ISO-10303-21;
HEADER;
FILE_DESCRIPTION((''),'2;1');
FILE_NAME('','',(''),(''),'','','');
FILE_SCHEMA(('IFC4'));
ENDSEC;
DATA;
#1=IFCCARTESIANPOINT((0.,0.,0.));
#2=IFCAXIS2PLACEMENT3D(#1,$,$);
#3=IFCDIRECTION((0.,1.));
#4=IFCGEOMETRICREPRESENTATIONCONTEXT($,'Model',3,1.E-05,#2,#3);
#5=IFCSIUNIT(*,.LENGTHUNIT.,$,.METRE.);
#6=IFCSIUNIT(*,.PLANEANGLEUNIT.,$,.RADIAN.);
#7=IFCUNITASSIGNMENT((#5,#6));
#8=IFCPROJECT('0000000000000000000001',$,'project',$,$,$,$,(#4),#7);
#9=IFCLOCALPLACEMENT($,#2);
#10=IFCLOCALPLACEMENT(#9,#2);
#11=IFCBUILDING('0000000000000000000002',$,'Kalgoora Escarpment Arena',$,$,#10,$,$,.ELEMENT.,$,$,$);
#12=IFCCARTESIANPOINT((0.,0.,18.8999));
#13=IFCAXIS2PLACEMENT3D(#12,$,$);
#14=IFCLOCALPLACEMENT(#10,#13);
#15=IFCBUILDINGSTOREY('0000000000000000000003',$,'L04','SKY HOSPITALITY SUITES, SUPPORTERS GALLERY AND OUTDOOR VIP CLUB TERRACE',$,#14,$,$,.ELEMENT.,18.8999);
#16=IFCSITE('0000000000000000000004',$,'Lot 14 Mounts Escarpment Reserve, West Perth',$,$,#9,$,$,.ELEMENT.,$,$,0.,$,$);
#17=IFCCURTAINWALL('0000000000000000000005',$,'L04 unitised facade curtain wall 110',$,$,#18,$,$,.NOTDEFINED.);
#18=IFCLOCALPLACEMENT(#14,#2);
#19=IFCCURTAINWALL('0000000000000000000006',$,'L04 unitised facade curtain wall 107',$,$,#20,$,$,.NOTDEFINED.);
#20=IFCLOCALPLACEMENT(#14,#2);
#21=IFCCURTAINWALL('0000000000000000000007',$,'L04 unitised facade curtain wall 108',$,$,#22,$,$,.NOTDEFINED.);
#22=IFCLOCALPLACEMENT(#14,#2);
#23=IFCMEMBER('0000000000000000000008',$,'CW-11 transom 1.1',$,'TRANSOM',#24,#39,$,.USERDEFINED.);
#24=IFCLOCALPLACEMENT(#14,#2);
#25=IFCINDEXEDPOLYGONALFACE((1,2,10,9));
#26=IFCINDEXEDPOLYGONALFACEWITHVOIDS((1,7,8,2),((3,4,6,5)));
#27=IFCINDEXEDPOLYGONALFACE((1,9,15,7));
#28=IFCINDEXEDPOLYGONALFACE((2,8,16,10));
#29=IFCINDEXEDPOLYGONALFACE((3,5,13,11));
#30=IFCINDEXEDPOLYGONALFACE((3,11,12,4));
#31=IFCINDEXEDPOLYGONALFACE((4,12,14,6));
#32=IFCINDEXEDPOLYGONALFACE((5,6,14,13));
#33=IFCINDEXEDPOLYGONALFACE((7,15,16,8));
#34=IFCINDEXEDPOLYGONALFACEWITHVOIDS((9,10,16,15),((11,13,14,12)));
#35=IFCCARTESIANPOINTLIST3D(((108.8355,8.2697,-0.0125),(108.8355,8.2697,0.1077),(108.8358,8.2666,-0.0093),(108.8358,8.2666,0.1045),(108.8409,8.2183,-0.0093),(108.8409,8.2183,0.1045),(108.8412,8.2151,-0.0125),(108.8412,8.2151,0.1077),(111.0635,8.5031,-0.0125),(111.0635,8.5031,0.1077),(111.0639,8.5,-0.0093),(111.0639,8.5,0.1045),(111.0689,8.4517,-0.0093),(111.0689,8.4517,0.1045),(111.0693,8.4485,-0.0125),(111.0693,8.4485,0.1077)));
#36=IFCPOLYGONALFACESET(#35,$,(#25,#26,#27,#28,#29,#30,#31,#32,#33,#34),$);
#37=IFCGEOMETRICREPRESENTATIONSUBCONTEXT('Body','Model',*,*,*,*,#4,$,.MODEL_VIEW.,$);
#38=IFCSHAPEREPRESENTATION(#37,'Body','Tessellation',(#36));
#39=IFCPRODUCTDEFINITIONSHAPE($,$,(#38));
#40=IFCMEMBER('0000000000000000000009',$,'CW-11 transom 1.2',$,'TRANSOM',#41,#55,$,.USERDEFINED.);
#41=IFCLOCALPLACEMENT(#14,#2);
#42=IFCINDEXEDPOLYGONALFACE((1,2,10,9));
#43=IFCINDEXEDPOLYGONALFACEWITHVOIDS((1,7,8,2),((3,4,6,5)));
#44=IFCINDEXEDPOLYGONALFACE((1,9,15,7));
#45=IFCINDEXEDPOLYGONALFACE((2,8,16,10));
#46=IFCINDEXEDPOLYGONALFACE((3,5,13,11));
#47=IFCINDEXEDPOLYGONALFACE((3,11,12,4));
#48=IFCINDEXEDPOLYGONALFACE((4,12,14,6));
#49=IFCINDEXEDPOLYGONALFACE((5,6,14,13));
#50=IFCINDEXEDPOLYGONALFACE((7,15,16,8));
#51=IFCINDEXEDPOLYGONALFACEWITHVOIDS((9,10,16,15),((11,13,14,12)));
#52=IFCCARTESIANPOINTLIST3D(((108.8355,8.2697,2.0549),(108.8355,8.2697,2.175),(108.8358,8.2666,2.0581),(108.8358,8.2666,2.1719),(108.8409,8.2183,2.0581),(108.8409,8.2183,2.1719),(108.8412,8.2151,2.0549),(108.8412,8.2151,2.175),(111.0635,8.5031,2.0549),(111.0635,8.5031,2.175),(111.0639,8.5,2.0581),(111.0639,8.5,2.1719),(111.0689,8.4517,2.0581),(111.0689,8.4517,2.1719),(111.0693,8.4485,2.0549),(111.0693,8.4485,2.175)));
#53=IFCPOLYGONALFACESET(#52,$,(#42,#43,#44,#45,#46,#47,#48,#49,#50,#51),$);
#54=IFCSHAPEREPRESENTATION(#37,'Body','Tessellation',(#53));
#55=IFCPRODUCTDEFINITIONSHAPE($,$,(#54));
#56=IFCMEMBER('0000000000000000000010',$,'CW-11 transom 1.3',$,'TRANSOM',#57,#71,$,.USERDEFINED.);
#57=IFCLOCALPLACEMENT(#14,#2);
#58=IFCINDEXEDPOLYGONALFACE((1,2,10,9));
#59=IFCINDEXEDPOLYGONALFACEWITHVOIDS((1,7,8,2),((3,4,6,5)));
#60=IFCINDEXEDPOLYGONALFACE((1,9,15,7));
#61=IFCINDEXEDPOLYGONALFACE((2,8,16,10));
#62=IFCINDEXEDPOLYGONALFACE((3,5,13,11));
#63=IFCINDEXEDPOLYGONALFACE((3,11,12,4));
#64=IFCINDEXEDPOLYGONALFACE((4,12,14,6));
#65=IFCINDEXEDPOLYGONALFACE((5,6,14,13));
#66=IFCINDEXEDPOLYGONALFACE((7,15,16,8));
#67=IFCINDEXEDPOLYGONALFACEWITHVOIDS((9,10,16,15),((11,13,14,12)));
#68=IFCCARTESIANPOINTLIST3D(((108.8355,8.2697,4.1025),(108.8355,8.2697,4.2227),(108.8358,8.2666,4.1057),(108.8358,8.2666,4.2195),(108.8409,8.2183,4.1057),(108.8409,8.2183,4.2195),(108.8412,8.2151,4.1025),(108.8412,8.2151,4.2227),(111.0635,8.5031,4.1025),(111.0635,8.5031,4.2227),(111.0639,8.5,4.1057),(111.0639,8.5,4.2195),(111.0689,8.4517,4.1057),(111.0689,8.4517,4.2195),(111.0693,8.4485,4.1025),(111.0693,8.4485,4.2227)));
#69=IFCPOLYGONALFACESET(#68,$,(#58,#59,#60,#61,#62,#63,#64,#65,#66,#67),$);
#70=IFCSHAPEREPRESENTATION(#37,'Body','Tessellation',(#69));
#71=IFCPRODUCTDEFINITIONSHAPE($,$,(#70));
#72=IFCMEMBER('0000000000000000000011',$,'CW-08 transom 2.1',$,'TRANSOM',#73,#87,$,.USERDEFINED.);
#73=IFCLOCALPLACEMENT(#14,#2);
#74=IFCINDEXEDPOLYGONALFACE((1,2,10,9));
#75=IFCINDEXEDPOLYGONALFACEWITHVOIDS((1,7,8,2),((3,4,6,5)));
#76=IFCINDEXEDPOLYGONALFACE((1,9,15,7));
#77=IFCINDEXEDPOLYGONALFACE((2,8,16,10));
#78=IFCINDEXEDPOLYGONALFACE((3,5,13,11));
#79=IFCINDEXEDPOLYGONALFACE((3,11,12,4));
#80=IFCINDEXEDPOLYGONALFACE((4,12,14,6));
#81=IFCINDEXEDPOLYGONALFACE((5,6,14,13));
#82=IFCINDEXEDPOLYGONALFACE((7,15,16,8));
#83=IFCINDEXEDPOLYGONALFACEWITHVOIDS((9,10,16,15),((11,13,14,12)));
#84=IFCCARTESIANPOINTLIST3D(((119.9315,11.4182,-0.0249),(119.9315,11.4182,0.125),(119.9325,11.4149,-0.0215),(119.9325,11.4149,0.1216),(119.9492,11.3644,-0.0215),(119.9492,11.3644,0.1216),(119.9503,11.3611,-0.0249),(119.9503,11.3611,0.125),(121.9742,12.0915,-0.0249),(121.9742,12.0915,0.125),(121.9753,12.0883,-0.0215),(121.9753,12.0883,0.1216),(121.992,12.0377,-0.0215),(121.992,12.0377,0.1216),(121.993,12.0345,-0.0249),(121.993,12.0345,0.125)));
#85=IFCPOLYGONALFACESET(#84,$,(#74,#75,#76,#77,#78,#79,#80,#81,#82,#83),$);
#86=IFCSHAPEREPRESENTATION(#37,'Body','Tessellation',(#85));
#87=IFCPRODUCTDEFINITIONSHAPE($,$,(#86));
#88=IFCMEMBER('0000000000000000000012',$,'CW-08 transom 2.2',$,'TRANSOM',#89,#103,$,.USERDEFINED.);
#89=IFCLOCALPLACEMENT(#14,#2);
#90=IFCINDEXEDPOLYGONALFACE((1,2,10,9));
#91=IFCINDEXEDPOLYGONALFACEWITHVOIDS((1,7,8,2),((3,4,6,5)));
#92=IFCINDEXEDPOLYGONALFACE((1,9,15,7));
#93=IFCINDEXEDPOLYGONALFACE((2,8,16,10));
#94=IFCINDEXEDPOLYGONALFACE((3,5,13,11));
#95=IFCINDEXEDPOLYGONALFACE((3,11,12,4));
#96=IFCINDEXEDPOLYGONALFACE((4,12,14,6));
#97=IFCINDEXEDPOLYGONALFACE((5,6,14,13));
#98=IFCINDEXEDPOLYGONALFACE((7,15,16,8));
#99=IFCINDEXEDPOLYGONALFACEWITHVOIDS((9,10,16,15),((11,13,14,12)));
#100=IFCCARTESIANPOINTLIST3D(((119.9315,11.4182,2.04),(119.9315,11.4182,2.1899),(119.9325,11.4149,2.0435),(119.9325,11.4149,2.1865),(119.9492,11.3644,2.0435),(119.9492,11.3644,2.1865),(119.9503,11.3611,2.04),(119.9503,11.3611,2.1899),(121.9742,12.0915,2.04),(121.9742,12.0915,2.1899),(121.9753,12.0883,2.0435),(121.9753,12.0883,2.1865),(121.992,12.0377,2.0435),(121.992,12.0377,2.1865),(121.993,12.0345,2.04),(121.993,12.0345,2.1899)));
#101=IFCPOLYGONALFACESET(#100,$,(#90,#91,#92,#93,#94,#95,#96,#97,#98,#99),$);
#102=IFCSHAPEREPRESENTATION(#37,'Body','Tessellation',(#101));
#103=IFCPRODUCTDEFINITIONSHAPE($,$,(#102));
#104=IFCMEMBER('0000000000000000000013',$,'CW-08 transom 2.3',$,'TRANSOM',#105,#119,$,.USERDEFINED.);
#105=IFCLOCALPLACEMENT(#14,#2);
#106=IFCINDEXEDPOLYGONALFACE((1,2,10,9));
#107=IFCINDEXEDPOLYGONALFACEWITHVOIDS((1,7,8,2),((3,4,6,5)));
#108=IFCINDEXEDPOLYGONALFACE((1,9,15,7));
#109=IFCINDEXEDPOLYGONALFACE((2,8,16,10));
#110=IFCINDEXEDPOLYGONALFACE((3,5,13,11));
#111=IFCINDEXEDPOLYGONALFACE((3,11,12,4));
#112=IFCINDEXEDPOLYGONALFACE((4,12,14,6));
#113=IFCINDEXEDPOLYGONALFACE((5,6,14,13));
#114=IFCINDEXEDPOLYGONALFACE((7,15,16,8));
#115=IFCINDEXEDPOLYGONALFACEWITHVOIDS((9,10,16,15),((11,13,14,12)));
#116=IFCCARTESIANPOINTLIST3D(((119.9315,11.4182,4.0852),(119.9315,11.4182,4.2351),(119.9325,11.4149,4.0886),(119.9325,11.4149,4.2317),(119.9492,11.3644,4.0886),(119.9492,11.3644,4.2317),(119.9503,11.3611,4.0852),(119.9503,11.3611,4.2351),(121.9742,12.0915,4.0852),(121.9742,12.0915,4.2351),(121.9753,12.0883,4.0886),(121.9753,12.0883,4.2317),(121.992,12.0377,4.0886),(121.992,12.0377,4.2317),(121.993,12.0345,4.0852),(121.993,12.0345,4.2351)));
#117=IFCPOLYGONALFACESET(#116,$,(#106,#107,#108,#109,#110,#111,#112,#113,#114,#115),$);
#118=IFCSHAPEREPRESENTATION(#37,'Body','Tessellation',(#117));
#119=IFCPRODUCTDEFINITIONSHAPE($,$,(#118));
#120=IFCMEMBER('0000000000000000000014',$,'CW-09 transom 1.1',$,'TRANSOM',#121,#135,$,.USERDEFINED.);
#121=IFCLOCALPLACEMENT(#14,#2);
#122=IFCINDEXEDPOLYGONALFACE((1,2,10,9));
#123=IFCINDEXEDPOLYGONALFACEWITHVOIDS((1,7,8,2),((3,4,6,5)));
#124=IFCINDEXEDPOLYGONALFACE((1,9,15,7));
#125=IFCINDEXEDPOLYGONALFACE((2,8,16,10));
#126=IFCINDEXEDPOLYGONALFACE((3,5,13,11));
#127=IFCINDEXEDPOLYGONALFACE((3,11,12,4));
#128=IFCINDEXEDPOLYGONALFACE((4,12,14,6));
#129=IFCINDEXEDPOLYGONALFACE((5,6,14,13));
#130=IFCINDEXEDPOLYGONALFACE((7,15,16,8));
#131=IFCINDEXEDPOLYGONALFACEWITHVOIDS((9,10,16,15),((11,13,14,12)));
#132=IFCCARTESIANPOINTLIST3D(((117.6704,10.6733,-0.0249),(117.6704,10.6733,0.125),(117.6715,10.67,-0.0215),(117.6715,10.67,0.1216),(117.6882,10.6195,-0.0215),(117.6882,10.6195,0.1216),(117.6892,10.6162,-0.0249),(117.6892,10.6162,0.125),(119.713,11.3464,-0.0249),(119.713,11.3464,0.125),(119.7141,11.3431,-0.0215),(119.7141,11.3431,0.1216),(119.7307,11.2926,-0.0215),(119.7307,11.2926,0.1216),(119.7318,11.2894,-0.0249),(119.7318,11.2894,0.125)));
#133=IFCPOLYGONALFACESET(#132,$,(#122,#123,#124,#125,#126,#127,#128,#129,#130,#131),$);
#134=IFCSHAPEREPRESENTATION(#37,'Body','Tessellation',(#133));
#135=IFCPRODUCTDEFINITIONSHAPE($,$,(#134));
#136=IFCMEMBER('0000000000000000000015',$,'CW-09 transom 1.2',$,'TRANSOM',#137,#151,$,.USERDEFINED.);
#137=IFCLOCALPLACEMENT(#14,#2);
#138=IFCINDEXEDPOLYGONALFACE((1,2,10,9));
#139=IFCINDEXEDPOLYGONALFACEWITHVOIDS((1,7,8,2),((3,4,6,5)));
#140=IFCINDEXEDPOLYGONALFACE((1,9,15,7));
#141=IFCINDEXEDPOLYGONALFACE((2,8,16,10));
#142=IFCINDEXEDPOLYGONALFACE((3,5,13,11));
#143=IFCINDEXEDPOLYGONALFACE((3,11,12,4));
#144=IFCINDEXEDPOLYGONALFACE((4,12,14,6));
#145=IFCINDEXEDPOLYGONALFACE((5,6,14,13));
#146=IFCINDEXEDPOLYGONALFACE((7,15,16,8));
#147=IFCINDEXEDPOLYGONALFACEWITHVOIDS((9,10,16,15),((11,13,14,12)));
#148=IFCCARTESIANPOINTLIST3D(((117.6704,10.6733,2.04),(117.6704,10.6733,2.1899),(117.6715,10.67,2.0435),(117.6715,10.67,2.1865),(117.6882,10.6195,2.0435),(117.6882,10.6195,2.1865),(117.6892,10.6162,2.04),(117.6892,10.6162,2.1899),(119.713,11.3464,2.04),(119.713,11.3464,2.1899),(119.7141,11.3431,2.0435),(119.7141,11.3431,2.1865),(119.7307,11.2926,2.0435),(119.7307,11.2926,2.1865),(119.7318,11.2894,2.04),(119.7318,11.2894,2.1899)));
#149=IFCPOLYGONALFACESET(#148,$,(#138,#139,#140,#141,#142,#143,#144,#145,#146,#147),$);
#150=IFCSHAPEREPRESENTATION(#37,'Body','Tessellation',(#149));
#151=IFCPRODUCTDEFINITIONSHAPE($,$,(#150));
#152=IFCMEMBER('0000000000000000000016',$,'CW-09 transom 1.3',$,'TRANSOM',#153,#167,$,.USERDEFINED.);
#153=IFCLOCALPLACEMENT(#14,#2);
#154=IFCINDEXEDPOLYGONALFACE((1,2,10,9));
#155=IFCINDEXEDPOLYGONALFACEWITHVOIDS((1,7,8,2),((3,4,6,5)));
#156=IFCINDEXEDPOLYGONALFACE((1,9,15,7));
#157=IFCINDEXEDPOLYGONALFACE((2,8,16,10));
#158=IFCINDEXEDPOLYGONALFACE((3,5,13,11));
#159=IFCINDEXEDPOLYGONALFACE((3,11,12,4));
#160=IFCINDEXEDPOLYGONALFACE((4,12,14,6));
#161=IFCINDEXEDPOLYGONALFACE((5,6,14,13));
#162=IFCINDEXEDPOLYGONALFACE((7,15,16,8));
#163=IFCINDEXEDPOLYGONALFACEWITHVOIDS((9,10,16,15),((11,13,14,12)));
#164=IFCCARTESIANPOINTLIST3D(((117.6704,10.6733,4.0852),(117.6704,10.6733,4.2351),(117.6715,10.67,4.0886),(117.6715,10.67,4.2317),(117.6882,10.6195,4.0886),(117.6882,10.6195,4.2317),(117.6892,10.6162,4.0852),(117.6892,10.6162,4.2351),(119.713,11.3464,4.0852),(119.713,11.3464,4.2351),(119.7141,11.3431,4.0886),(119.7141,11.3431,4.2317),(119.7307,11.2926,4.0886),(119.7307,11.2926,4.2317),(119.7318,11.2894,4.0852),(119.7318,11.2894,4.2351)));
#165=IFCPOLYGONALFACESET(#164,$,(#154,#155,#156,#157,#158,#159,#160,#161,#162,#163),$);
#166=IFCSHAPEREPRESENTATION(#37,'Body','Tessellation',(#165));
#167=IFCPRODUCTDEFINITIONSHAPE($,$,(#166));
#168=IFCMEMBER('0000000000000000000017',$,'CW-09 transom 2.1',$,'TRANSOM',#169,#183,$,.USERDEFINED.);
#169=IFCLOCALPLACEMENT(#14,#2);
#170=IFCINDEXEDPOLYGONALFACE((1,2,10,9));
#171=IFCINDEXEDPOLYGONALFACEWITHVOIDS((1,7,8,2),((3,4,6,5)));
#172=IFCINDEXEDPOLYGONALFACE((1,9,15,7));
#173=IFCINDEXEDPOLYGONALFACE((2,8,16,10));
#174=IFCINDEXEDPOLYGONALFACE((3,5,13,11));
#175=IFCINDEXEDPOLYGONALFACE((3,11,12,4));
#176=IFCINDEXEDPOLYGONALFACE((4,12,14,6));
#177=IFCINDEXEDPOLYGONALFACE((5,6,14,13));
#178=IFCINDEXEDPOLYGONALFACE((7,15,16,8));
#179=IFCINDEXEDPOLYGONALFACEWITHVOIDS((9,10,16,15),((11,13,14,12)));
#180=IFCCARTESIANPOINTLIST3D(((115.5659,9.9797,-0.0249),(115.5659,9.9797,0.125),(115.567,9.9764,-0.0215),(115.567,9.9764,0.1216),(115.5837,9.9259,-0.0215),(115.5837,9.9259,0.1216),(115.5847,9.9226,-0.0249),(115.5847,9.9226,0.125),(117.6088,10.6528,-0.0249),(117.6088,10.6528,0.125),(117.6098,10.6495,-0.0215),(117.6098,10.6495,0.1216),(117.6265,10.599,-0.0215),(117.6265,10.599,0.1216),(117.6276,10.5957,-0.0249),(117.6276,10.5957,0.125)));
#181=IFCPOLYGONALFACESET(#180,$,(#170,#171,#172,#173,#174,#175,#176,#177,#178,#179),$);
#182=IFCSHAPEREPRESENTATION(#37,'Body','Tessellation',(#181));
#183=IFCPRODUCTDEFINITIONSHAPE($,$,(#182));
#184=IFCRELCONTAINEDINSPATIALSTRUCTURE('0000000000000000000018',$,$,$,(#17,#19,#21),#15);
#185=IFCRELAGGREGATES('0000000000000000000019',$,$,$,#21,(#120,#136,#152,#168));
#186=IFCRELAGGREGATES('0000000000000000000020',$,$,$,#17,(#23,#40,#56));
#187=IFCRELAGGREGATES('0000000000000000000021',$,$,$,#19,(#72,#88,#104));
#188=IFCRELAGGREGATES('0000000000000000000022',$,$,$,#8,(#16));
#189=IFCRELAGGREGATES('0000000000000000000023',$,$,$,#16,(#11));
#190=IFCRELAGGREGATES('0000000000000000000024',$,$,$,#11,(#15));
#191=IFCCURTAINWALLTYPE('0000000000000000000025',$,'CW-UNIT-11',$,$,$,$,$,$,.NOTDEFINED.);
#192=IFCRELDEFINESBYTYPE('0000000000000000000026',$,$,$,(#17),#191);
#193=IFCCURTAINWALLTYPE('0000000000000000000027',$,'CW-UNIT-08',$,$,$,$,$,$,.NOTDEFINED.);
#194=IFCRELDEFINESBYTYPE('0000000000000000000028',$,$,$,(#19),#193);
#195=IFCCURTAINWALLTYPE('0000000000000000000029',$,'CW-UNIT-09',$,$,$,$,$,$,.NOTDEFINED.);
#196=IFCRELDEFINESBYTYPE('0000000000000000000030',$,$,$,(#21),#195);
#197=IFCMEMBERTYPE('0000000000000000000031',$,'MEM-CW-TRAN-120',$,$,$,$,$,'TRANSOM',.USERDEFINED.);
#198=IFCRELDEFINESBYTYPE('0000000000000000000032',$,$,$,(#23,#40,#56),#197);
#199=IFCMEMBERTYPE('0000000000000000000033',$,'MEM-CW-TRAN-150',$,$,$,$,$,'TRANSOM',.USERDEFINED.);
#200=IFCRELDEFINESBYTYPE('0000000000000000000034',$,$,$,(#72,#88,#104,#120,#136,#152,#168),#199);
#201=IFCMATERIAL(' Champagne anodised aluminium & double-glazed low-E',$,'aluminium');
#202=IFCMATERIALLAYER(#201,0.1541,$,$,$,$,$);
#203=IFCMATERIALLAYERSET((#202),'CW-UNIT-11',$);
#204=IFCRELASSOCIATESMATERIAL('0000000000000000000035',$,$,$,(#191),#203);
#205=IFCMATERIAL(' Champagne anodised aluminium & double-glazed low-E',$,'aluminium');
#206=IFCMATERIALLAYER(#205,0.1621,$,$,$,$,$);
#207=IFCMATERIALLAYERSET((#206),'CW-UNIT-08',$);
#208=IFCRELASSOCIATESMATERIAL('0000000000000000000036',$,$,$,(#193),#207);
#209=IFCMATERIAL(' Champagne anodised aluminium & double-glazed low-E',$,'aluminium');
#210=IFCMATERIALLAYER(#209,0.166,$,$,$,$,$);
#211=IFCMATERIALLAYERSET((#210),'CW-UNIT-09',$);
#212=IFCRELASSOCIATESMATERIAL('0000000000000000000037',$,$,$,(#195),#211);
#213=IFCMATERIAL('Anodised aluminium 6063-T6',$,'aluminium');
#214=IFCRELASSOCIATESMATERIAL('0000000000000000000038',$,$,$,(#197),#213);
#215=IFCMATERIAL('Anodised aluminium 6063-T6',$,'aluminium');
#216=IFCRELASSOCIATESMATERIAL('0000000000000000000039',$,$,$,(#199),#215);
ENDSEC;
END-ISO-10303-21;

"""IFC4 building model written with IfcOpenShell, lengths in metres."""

from ifc_helpers import new_model, si_unit, direction, frame, origin, origin_2d, place, context, subcontext, project, spatial, hollow_rectangle, extrude, material, layer, layer_set, material_profile, profile_set, type_object, element, aggregate, save


model = new_model("IFC4")

# Units and contexts
model_context = context("Model", 3, precision=1e-05, world=origin(), true_north=direction((0.0, 1.0)))
body_context = subcontext(model_context, "Body", "Model", "MODEL_VIEW")
ifc_project = project(units=[si_unit("LENGTHUNIT", "METRE"), si_unit("PLANEANGLEUNIT", "RADIAN")], contexts=[model_context])

# Site, building, storey
site_placement = place(None, origin())
site = spatial("IfcSite", under=ifc_project, at=site_placement, Name="Lot 14 Mounts Escarpment Reserve, West Perth", CompositionType="ELEMENT", RefElevation=0.0)
building_placement = place(site_placement, origin())
building = spatial("IfcBuilding", under=site, at=building_placement, Name="Kalgoora Escarpment Arena", CompositionType="ELEMENT")
storey_placement = place(building_placement, frame((0.0, 0.0, 18.8999)))
storey = spatial("IfcBuildingStorey", under=building, at=storey_placement, Name="L04", Description="SKY HOSPITALITY SUITES, SUPPORTERS GALLERY AND OUTDOOR VIP CLUB TERRACE", CompositionType="ELEMENT", Elevation=18.8999)

# Curtain walls
ifc_material_1 = material(Name=" Champagne anodised aluminium & double-glazed low-E", Category="aluminium")
ifc_layer_1 = layer(ifc_material_1, 0.1541)
ifc_layer_set_1 = layer_set([ifc_layer_1], Name="CW-UNIT-11")
curtain_wall_type_1 = type_object("IfcCurtainWallType", Name="CW-UNIT-11", PredefinedType="NOTDEFINED", material=ifc_layer_set_1)
curtain_wall_1_placement = place(storey_placement, origin())
curtain_wall_1 = element("IfcCurtainWall", 1, at=curtain_wall_1_placement, inside=storey, type_object=curtain_wall_type_1, Name="L04 unitised facade curtain wall 110", PredefinedType="NOTDEFINED")
ifc_material_2 = material(Name=" Champagne anodised aluminium & double-glazed low-E", Category="aluminium")
ifc_layer_2 = layer(ifc_material_2, 0.1621)
ifc_layer_set_2 = layer_set([ifc_layer_2], Name="CW-UNIT-08")
curtain_wall_type_2 = type_object("IfcCurtainWallType", Name="CW-UNIT-08", PredefinedType="NOTDEFINED", material=ifc_layer_set_2)
curtain_wall_2_placement = place(storey_placement, origin())
curtain_wall_2 = element("IfcCurtainWall", 2, at=curtain_wall_2_placement, inside=storey, type_object=curtain_wall_type_2, Name="L04 unitised facade curtain wall 107", PredefinedType="NOTDEFINED")

# Curtain wall
ifc_material_3 = material(Name=" Champagne anodised aluminium & double-glazed low-E", Category="aluminium")
ifc_layer_3 = layer(ifc_material_3, 0.166)
ifc_layer_set_3 = layer_set([ifc_layer_3], Name="CW-UNIT-09")
curtain_wall_type_3 = type_object("IfcCurtainWallType", Name="CW-UNIT-09", PredefinedType="NOTDEFINED", material=ifc_layer_set_3)
curtain_wall_3_placement = place(storey_placement, origin())
curtain_wall_3 = element("IfcCurtainWall", 3, at=curtain_wall_3_placement, inside=storey, type_object=curtain_wall_type_3, Name="L04 unitised facade curtain wall 108", PredefinedType="NOTDEFINED")

# Members
ifc_material_4 = material(Name="Anodised aluminium 6063-T6", Category="aluminium")
ifc_material_profile_1 = material_profile(ifc_material_4, hollow_rectangle(XDim=0.0549, YDim=0.1201, WallThickness=0.0032, at=origin_2d()))
ifc_profile_set_1 = profile_set([ifc_material_profile_1], Name="Anodised aluminium 6063-T6")
member_type_1 = type_object("IfcMemberType", Name="MEM-CW-TRAN-120", ElementType="TRANSOM", PredefinedType="USERDEFINED", material=ifc_profile_set_1)
member_1_placement = place(storey_placement, frame((111.0664, 8.4758, 0.0476), z_axis=(-0.994558, -0.104186, 0.0), x_axis=(0.104186, -0.994558, 0.0)))
member_1 = element("IfcMember", 4, at=member_1_placement, type_object=member_type_1, Name="CW-11 transom 1.1", ObjectType="TRANSOM", PredefinedType="USERDEFINED", context=body_context, shape_type="SweptSolid", body=[
    extrude(hollow_rectangle(XDim=0.0549, YDim=0.1201, WallThickness=0.0032, at=origin_2d()), origin(), (0.0, 0.0, 1.0), 2.2402),
])
member_2_placement = place(storey_placement, frame((111.0664, 8.4758, 2.115), z_axis=(-0.994558, -0.104186, 0.0), x_axis=(0.104186, -0.994558, 0.0)))
member_2 = element("IfcMember", 5, at=member_2_placement, type_object=member_type_1, Name="CW-11 transom 1.2", ObjectType="TRANSOM", PredefinedType="USERDEFINED", context=body_context, shape_type="SweptSolid", body=[
    extrude(hollow_rectangle(XDim=0.0549, YDim=0.1201, WallThickness=0.0032, at=origin_2d()), origin(), (0.0, 0.0, 1.0), 2.2402),
])
member_3_placement = place(storey_placement, frame((111.0664, 8.4758, 4.1626), z_axis=(-0.994558, -0.104186, 0.0), x_axis=(0.104186, -0.994558, 0.0)))
member_3 = element("IfcMember", 6, at=member_3_placement, type_object=member_type_1, Name="CW-11 transom 1.3", ObjectType="TRANSOM", PredefinedType="USERDEFINED", context=body_context, shape_type="SweptSolid", body=[
    extrude(hollow_rectangle(XDim=0.0549, YDim=0.1201, WallThickness=0.0032, at=origin_2d()), origin(), (0.0, 0.0, 1.0), 2.2402),
])
ifc_material_5 = material(Name="Anodised aluminium 6063-T6", Category="aluminium")
ifc_material_profile_2 = material_profile(ifc_material_5, hollow_rectangle(XDim=0.0601, YDim=0.1499, WallThickness=0.0034, at=origin_2d()))
ifc_profile_set_2 = profile_set([ifc_material_profile_2], Name="Anodised aluminium 6063-T6")
member_type_2 = type_object("IfcMemberType", Name="MEM-CW-TRAN-150", ElementType="TRANSOM", PredefinedType="USERDEFINED", material=ifc_profile_set_2)
member_4_placement = place(storey_placement, frame((121.9836, 12.063, 0.05), z_axis=(-0.949734, -0.313059, 0.0), x_axis=(0.313059, -0.949734, 0.0)))
member_4 = element("IfcMember", 7, at=member_4_placement, type_object=member_type_2, Name="CW-08 transom 2.1", ObjectType="TRANSOM", PredefinedType="USERDEFINED", context=body_context, shape_type="SweptSolid", body=[
    extrude(hollow_rectangle(XDim=0.0601, YDim=0.1499, WallThickness=0.0034, at=origin_2d()), origin(), (0.0, 0.0, 1.0), 2.1509),
])
member_5_placement = place(storey_placement, frame((121.9836, 12.063, 2.115), z_axis=(-0.949734, -0.313059, 0.0), x_axis=(0.313059, -0.949734, 0.0)))
member_5 = element("IfcMember", 8, at=member_5_placement, type_object=member_type_2, Name="CW-08 transom 2.2", ObjectType="TRANSOM", PredefinedType="USERDEFINED", context=body_context, shape_type="SweptSolid", body=[
    extrude(hollow_rectangle(XDim=0.0601, YDim=0.1499, WallThickness=0.0034, at=origin_2d()), origin(), (0.0, 0.0, 1.0), 2.1509),
])
member_6_placement = place(storey_placement, frame((121.9836, 12.063, 4.1602), z_axis=(-0.949734, -0.313059, 0.0), x_axis=(0.313059, -0.949734, 0.0)))
member_6 = element("IfcMember", 9, at=member_6_placement, type_object=member_type_2, Name="CW-08 transom 2.3", ObjectType="TRANSOM", PredefinedType="USERDEFINED", context=body_context, shape_type="SweptSolid", body=[
    extrude(hollow_rectangle(XDim=0.0601, YDim=0.1499, WallThickness=0.0034, at=origin_2d()), origin(), (0.0, 0.0, 1.0), 2.1509),
])
member_7_placement = place(storey_placement, frame((119.7224, 11.3179, 0.05), z_axis=(-0.949756, -0.31299, 0.0), x_axis=(0.31299, -0.949756, 0.0)))
member_7 = element("IfcMember", 10, at=member_7_placement, type_object=member_type_2, Name="CW-09 transom 1.1", ObjectType="TRANSOM", PredefinedType="USERDEFINED", context=body_context, shape_type="SweptSolid", body=[
    extrude(hollow_rectangle(XDim=0.0601, YDim=0.1499, WallThickness=0.0034, at=origin_2d()), origin(), (0.0, 0.0, 1.0), 2.1506),
])
member_8_placement = place(storey_placement, frame((119.7224, 11.3179, 2.115), z_axis=(-0.949756, -0.31299, 0.0), x_axis=(0.31299, -0.949756, 0.0)))
member_8 = element("IfcMember", 11, at=member_8_placement, type_object=member_type_2, Name="CW-09 transom 1.2", ObjectType="TRANSOM", PredefinedType="USERDEFINED", context=body_context, shape_type="SweptSolid", body=[
    extrude(hollow_rectangle(XDim=0.0601, YDim=0.1499, WallThickness=0.0034, at=origin_2d()), origin(), (0.0, 0.0, 1.0), 2.1506),
])
member_9_placement = place(storey_placement, frame((119.7224, 11.3179, 4.1602), z_axis=(-0.949756, -0.31299, 0.0), x_axis=(0.31299, -0.949756, 0.0)))
member_9 = element("IfcMember", 12, at=member_9_placement, type_object=member_type_2, Name="CW-09 transom 1.3", ObjectType="TRANSOM", PredefinedType="USERDEFINED", context=body_context, shape_type="SweptSolid", body=[
    extrude(hollow_rectangle(XDim=0.0601, YDim=0.1499, WallThickness=0.0034, at=origin_2d()), origin(), (0.0, 0.0, 1.0), 2.1506),
])
member_10_placement = place(storey_placement, frame((117.6182, 10.6243, 0.05), z_axis=(-0.949767, -0.312957, 0.0), x_axis=(0.312957, -0.949767, 0.0)))
member_10 = element("IfcMember", 13, at=member_10_placement, type_object=member_type_2, Name="CW-09 transom 2.1", ObjectType="TRANSOM", PredefinedType="USERDEFINED", context=body_context, shape_type="SweptSolid", body=[
    extrude(hollow_rectangle(XDim=0.0601, YDim=0.1499, WallThickness=0.0034, at=origin_2d()), origin(), (0.0, 0.0, 1.0), 2.1509),
])

aggregate(curtain_wall_3, [member_7, member_8, member_9, member_10])
aggregate(curtain_wall_1, [member_1, member_2, member_3])
aggregate(curtain_wall_2, [member_4, member_5, member_6])

save(model, "model.ifc")
